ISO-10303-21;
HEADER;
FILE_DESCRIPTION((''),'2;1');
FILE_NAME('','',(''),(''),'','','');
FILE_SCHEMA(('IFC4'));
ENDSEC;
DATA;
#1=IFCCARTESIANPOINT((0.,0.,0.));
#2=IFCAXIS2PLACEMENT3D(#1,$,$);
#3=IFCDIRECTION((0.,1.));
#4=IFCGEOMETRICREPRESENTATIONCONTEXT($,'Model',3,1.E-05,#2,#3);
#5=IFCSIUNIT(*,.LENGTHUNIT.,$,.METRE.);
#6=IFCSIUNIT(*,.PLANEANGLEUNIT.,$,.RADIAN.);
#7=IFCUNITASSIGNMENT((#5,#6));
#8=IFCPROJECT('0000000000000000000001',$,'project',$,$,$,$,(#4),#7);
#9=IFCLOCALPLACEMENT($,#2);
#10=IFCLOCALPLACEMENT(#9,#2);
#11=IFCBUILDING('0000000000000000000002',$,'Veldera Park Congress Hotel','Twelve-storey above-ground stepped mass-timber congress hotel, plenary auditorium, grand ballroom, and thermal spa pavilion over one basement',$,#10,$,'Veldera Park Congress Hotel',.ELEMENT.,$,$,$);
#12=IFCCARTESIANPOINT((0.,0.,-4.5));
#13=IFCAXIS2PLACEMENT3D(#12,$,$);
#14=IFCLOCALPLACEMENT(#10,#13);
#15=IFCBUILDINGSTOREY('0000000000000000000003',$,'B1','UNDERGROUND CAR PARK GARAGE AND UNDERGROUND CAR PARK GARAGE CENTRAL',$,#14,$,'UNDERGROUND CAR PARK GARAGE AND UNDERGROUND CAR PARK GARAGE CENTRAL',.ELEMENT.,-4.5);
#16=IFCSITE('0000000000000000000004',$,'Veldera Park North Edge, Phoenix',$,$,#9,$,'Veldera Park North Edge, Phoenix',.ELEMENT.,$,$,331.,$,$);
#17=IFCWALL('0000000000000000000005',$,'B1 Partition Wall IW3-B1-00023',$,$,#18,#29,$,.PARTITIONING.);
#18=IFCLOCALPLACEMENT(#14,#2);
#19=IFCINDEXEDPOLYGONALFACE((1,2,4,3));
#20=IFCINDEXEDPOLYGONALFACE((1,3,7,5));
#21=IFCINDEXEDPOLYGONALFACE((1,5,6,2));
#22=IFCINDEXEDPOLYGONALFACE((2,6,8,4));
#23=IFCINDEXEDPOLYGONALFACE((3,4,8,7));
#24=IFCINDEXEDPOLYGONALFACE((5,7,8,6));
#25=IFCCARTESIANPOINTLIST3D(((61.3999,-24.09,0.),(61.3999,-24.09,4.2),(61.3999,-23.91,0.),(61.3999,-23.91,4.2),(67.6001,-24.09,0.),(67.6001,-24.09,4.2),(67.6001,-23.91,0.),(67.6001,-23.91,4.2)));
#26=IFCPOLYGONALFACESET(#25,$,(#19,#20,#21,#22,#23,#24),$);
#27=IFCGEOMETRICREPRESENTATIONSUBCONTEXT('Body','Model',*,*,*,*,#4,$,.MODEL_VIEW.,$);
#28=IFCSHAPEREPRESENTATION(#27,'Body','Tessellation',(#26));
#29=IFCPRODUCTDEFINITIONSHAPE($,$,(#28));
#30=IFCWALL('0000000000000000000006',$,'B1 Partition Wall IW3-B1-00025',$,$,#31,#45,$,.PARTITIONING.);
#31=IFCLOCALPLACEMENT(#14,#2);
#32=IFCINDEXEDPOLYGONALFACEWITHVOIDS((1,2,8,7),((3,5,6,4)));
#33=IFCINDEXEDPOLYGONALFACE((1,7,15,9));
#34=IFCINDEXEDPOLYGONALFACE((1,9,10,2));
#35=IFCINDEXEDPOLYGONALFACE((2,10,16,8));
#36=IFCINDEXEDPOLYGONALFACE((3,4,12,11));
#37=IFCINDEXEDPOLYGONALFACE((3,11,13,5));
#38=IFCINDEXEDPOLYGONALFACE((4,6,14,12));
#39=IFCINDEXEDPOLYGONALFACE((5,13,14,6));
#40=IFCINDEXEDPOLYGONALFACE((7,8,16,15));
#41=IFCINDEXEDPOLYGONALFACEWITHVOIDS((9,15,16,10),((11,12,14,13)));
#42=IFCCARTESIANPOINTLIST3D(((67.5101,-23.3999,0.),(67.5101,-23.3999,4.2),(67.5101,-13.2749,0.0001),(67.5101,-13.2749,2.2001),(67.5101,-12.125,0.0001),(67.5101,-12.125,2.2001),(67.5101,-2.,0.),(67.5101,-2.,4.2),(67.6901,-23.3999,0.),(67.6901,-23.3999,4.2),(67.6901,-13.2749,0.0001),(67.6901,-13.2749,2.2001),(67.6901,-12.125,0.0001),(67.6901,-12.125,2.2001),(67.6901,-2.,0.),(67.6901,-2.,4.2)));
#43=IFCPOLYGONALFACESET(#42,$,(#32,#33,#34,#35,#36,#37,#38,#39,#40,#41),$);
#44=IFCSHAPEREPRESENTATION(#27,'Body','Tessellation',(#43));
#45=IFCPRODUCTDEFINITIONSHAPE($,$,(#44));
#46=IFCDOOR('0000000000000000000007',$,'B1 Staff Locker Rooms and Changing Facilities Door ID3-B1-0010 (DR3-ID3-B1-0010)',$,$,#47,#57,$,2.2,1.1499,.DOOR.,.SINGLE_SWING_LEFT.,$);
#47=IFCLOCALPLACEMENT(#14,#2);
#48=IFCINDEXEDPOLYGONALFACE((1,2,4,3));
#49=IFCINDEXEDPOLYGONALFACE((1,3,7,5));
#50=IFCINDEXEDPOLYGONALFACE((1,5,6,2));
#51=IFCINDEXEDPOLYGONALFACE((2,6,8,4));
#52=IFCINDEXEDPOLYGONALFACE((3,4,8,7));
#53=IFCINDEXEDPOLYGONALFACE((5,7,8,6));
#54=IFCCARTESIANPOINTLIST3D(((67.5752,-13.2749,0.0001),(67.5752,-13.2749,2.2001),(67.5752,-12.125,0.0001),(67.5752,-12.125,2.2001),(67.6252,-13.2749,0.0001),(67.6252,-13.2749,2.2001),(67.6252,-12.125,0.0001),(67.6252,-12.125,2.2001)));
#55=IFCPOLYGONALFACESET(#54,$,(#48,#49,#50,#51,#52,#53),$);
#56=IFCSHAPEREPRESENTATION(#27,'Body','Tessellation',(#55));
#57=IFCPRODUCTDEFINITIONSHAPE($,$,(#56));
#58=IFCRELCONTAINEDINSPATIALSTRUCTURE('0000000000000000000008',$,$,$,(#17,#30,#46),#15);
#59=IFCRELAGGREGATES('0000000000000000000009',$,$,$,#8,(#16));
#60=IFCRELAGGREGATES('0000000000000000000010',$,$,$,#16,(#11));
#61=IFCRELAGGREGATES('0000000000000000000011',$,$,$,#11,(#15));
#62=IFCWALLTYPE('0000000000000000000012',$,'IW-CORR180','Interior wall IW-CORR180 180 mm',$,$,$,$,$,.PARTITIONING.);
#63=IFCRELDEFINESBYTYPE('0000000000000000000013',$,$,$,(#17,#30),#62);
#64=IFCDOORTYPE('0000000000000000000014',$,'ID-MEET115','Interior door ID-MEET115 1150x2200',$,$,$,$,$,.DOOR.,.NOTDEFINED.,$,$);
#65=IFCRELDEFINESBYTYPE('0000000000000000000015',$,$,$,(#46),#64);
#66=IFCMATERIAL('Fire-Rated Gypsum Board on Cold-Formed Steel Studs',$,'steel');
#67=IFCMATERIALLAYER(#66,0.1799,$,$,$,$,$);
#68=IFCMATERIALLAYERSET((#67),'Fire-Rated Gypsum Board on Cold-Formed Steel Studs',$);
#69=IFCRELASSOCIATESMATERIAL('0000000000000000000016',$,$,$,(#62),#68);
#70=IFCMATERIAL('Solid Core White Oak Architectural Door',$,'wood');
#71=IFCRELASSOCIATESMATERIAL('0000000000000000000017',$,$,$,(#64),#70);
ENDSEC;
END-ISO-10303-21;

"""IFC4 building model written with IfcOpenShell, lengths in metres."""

from ifc_helpers import new_model, si_unit, direction, frame, frame_2d, origin, place, context, subcontext, project, spatial, rectangle, extrude, material, layer, layer_set, type_object, element, fill, save


model = new_model("IFC4")

# Units and contexts
model_context = context("Model", 3, precision=1e-05, world=origin(), true_north=direction((0.0, 1.0)))
body_context = subcontext(model_context, "Body", "Model", "MODEL_VIEW")
ifc_project = project(units=[si_unit("LENGTHUNIT", "METRE"), si_unit("PLANEANGLEUNIT", "RADIAN")], contexts=[model_context])

# Site, building, storey
site_placement = place(None, origin())
site = spatial("IfcSite", under=ifc_project, at=site_placement, Name="Veldera Park North Edge, Phoenix", LongName="Veldera Park North Edge, Phoenix", CompositionType="ELEMENT", RefElevation=331.0)
building_placement = place(site_placement, origin())
building = spatial("IfcBuilding", under=site, at=building_placement, Name="Veldera Park Congress Hotel", Description="Twelve-storey above-ground stepped mass-timber congress hotel, plenary auditorium, grand ballroom, and thermal spa pavilion over one basement", LongName="Veldera Park Congress Hotel", CompositionType="ELEMENT")
storey_placement = place(building_placement, frame((0.0, 0.0, -4.5)))
storey = spatial("IfcBuildingStorey", under=building, at=storey_placement, Name="B1", Description="UNDERGROUND CAR PARK GARAGE AND UNDERGROUND CAR PARK GARAGE CENTRAL", LongName="UNDERGROUND CAR PARK GARAGE AND UNDERGROUND CAR PARK GARAGE CENTRAL", CompositionType="ELEMENT", Elevation=-4.5)

# Wall
ifc_material_1 = material(Name="Fire-Rated Gypsum Board on Cold-Formed Steel Studs", Category="steel")
ifc_layer = layer(ifc_material_1, 0.1799)
ifc_layer_set = layer_set([ifc_layer], Name="Fire-Rated Gypsum Board on Cold-Formed Steel Studs")
wall_type = type_object("IfcWallType", Name="IW-CORR180", Description="Interior wall IW-CORR180 180 mm", PredefinedType="PARTITIONING", material=ifc_layer_set)
wall_1_placement = place(storey_placement, frame((67.6001, -24.0, 0.0), z_axis=(0.0, 0.0, 1.0), x_axis=(-1.0, 0.0, 0.0)))
element("IfcWall", 1, at=wall_1_placement, inside=storey, type_object=wall_type, Name="B1 Partition Wall IW3-B1-00023", PredefinedType="PARTITIONING", context=body_context, shape_type="SweptSolid", body=[
    extrude(rectangle(XDim=6.2002, YDim=0.1799, at=frame_2d((3.1001, 0.0))), origin(), (0.0, 0.0, 1.0), 4.2),
])

# Wall, opening, door
wall_2_placement = place(storey_placement, frame((67.6001, -23.3999, 0.0), z_axis=(0.0, 0.0, 1.0), x_axis=(0.0, 1.0, 0.0)))
wall_2 = element("IfcWall", 2, at=wall_2_placement, inside=storey, type_object=wall_type, Name="B1 Partition Wall IW3-B1-00025", PredefinedType="PARTITIONING", context=body_context, shape_type="SweptSolid", body=[
    extrude(rectangle(XDim=21.3999, YDim=0.1799, at=frame_2d((10.7, 0.0))), origin(), (0.0, 0.0, 1.0), 4.2),
])
opening_placement = place(wall_2_placement, frame((10.125, 0.0, 0.0)))
opening = element("IfcOpeningElement", 3, at=opening_placement, cuts=wall_2, PredefinedType="OPENING", context=body_context, shape_type="SweptSolid", body=[
    extrude(rectangle(XDim=1.1499, YDim=2.2, at=frame_2d((0.575, 1.1001))), frame((0.0, 0.1021, 0.0), z_axis=(0.0, -1.0, 0.0), x_axis=(1.0, 0.0, 0.0)), (0.0, 0.0, 1.0), 0.2039),
])
ifc_material_2 = material(Name="Solid Core White Oak Architectural Door", Category="wood")
door_type = type_object("IfcDoorType", Name="ID-MEET115", Description="Interior door ID-MEET115 1150x2200", OperationType="NOTDEFINED", PredefinedType="DOOR", material=ifc_material_2)
door_placement = place(opening_placement, origin())
door = element("IfcDoor", 4, at=door_placement, inside=storey, type_object=door_type, Name="B1 Staff Locker Rooms and Changing Facilities Door ID3-B1-0010 (DR3-ID3-B1-0010)", OperationType="SINGLE_SWING_LEFT", OverallHeight=2.2, OverallWidth=1.1499, PredefinedType="DOOR", context=body_context, shape_type="SweptSolid", body=[
    extrude(rectangle(XDim=1.1499, YDim=2.2, at=frame_2d((0.575, 1.1001))), frame((0.0, 0.0249, 0.0), z_axis=(0.0, -1.0, 0.0), x_axis=(1.0, 0.0, 0.0)), (0.0, 0.0, 1.0), 0.05),
])
fill(opening, door)

save(model, "model.ifc")
